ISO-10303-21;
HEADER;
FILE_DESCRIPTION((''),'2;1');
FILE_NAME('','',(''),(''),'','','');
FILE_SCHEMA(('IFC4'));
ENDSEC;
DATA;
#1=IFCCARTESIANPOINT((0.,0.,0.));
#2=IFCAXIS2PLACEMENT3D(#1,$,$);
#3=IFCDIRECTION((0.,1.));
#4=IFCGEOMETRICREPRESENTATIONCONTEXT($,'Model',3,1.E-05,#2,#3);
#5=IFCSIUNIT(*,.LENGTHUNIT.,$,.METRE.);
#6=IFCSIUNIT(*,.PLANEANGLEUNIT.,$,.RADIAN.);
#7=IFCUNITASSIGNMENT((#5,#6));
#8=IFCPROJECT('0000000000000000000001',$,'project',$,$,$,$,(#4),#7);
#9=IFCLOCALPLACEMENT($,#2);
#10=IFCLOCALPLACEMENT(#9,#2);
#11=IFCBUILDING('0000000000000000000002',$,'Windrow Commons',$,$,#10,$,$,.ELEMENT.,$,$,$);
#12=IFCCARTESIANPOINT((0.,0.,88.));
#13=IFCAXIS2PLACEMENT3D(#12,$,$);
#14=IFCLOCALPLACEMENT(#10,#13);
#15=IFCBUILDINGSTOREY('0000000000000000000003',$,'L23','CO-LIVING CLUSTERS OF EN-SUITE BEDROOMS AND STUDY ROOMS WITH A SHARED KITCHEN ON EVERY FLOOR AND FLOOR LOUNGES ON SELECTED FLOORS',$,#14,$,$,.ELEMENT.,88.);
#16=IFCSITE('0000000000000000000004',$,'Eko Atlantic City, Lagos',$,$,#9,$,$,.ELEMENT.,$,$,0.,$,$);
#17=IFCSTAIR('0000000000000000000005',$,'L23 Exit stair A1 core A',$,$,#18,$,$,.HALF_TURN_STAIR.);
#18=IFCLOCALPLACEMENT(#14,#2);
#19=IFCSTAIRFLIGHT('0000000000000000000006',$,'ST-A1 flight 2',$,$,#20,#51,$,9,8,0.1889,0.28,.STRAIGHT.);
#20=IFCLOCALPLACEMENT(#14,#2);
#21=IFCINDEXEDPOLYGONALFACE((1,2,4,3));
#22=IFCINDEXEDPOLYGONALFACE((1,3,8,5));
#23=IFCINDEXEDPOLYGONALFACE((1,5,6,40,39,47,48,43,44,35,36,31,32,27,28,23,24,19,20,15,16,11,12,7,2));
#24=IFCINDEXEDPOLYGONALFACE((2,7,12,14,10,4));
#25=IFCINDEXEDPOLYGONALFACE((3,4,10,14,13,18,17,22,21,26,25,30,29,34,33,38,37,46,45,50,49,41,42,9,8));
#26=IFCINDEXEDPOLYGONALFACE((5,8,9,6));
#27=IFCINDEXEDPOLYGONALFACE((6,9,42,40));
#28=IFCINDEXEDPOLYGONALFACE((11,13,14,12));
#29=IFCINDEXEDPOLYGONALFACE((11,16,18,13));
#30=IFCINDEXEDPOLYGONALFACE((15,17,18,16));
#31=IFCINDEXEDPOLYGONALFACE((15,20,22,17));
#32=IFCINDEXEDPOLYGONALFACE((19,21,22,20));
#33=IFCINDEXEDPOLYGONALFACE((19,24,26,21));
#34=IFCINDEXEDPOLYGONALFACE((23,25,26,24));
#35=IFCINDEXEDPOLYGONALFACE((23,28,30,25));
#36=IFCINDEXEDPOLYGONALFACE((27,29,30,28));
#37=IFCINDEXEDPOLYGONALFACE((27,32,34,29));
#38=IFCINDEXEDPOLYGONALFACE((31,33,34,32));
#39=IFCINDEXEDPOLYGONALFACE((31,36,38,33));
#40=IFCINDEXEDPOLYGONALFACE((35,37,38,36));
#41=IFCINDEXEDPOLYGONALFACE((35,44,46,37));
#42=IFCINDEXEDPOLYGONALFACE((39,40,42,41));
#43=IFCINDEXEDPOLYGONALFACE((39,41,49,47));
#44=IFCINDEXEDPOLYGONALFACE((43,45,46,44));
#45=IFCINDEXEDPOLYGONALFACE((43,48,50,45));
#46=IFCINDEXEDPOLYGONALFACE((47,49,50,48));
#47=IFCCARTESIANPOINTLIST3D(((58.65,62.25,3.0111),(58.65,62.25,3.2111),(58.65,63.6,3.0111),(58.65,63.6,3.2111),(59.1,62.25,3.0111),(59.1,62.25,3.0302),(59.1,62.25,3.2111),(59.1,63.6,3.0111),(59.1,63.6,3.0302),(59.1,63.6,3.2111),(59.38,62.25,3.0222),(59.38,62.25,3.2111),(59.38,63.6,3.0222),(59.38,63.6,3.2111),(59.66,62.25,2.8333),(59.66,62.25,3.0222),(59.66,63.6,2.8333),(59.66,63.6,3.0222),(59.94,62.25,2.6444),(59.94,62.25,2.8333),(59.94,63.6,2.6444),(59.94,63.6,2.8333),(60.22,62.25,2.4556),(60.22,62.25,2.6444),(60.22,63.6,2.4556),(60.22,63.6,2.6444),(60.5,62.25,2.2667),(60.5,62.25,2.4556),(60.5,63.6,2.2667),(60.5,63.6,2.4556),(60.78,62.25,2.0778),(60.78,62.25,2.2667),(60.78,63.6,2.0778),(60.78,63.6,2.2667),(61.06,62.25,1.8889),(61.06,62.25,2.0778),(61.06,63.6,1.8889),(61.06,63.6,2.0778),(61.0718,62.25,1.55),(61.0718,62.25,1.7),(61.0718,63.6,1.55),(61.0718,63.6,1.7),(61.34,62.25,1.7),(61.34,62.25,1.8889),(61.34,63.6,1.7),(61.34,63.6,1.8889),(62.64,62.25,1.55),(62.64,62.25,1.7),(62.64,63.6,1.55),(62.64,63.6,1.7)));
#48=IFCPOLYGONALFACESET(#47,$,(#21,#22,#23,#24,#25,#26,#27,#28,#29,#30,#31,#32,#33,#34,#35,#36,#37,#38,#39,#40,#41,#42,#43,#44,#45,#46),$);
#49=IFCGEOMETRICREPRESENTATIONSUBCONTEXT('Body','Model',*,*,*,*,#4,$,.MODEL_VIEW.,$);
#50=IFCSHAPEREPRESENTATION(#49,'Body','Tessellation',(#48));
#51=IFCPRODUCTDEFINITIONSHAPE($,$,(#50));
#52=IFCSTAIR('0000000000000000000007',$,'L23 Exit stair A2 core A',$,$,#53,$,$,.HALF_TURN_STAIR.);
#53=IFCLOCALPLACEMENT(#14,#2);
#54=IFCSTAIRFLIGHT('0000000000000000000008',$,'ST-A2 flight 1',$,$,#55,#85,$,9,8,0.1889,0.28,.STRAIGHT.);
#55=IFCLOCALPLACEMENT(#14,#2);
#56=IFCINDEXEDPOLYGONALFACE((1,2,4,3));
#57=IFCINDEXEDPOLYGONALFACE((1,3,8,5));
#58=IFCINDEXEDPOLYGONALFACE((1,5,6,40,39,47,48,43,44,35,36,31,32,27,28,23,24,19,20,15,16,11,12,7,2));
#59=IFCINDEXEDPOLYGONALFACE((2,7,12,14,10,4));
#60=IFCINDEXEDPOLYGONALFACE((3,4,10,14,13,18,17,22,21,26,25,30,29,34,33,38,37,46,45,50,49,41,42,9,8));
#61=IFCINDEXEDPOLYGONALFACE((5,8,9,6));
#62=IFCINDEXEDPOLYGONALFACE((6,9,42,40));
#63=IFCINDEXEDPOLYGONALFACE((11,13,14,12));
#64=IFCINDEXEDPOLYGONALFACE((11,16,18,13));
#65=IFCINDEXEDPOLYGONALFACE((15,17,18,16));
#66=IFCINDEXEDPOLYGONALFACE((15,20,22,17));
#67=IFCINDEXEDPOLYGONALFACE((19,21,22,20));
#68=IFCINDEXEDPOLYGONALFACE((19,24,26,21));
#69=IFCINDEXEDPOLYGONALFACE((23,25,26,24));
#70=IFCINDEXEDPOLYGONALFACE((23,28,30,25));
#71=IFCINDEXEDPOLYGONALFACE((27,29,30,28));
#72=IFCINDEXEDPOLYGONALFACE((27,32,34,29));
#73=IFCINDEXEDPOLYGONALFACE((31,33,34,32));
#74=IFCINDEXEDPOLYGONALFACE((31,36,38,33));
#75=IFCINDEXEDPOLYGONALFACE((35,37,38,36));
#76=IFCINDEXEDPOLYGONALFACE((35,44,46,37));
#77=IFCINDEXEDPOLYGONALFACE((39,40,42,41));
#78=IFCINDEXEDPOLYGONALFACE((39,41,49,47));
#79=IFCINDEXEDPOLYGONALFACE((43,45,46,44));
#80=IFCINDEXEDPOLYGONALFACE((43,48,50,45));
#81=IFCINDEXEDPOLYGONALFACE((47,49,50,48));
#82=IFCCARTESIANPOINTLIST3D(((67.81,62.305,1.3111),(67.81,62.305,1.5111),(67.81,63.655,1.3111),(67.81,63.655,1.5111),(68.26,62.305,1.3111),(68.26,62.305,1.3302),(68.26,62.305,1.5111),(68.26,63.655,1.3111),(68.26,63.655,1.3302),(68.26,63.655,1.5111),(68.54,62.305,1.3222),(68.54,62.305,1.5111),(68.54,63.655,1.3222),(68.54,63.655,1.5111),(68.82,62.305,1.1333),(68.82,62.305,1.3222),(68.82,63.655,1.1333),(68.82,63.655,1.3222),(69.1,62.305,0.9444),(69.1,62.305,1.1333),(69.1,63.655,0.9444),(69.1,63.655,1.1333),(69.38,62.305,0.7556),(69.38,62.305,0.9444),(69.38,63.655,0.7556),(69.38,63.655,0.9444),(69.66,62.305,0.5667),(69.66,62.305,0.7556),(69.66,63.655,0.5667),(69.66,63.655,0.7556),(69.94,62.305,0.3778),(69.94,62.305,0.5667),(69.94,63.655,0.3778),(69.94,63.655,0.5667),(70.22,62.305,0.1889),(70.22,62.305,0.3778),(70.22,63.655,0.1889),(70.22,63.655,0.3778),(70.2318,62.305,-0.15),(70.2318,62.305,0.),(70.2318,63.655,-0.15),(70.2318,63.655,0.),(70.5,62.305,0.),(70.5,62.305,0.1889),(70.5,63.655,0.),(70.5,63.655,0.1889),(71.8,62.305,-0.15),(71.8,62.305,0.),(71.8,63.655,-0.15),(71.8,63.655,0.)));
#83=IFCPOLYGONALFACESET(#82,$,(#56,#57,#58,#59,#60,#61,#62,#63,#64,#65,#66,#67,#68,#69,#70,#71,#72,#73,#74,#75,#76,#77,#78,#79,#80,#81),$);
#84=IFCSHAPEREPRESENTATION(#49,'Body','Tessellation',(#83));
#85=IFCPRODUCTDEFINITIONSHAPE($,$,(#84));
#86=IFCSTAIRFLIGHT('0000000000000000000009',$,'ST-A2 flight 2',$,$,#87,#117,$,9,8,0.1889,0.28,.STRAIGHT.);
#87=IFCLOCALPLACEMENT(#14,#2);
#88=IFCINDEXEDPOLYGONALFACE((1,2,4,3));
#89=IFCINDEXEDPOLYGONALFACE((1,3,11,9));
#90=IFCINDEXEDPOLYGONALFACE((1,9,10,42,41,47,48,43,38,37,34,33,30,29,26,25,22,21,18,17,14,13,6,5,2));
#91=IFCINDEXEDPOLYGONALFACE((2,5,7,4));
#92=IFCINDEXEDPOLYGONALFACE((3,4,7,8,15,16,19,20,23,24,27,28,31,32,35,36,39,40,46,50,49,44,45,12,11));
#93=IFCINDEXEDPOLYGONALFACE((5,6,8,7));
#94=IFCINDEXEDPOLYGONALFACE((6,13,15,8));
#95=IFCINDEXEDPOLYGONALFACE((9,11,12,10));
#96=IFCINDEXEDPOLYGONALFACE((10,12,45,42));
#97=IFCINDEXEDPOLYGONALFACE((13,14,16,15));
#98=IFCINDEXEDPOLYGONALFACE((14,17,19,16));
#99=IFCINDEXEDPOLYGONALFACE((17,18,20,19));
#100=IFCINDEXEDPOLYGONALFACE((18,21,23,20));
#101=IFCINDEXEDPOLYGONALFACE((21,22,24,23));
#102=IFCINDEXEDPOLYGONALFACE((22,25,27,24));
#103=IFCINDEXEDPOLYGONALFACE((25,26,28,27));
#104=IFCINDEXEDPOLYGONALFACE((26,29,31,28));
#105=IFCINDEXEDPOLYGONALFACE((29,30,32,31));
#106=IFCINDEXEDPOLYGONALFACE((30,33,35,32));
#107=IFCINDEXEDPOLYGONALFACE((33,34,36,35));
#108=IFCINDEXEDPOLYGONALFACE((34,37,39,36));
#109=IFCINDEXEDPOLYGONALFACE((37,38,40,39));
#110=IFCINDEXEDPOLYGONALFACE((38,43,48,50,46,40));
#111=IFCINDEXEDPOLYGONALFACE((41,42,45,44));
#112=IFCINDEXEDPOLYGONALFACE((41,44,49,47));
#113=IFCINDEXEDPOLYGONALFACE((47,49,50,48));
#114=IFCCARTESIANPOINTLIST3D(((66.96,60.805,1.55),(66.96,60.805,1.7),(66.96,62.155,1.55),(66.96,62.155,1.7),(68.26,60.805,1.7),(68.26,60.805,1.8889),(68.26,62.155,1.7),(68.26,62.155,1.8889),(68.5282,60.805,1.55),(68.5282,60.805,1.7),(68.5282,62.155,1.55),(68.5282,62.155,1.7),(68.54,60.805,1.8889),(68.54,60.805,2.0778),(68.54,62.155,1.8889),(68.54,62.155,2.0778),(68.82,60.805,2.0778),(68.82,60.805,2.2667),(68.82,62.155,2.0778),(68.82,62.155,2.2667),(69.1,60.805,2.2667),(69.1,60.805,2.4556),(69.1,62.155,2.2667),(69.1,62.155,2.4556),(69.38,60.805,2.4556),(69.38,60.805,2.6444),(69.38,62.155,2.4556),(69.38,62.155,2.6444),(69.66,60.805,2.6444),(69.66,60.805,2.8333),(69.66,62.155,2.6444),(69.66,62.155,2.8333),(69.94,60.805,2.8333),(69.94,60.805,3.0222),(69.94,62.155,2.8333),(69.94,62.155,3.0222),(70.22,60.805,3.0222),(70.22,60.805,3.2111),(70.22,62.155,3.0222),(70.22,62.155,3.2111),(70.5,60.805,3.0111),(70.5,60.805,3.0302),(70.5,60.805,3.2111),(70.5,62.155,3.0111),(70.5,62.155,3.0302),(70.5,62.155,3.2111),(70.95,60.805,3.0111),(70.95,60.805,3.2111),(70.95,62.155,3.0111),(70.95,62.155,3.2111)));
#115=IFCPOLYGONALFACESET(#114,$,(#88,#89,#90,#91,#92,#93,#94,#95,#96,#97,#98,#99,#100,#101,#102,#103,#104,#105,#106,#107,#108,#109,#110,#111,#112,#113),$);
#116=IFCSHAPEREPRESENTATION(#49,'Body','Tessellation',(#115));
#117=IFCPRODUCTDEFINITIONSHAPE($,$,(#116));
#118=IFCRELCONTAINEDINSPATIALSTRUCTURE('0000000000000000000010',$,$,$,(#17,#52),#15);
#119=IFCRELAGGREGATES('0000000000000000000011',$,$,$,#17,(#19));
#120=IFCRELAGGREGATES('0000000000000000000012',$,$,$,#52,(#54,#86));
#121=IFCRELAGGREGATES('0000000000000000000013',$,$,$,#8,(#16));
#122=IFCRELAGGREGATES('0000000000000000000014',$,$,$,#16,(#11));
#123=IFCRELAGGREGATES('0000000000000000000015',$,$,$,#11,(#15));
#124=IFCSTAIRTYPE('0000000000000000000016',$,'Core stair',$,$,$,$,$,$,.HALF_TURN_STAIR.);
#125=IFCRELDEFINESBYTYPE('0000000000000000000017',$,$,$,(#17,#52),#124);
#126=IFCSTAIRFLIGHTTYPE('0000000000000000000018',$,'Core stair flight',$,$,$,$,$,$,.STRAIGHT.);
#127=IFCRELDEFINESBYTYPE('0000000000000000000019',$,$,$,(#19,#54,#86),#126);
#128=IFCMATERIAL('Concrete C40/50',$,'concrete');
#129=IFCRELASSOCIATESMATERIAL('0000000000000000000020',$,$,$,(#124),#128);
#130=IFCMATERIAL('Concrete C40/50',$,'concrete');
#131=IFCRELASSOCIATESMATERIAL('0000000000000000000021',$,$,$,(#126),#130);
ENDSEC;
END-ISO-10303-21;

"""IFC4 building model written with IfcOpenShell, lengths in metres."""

from ifc_helpers import new_model, si_unit, direction, frame, origin, place, context, subcontext, project, spatial, polyline, outline, extrude, material, type_object, element, aggregate, save


model = new_model("IFC4")

# Units and contexts
model_context = context("Model", 3, precision=1e-05, world=origin(), true_north=direction((0.0, 1.0)))
body_context = subcontext(model_context, "Body", "Model", "MODEL_VIEW")
ifc_project = project(units=[si_unit("LENGTHUNIT", "METRE"), si_unit("PLANEANGLEUNIT", "RADIAN")], contexts=[model_context])

# Site, building, storey
site_placement = place(None, origin())
site = spatial("IfcSite", under=ifc_project, at=site_placement, Name="Eko Atlantic City, Lagos", CompositionType="ELEMENT", RefElevation=0.0)
building_placement = place(site_placement, origin())
building = spatial("IfcBuilding", under=site, at=building_placement, Name="Windrow Commons", CompositionType="ELEMENT")
storey_placement = place(building_placement, frame((0.0, 0.0, 88.0)))
storey = spatial("IfcBuildingStorey", under=building, at=storey_placement, Name="L23", Description="CO-LIVING CLUSTERS OF EN-SUITE BEDROOMS AND STUDY ROOMS WITH A SHARED KITCHEN ON EVERY FLOOR AND FLOOR LOUNGES ON SELECTED FLOORS", CompositionType="ELEMENT", Elevation=88.0)

# Stair, stair flight
ifc_material_1 = material(Name="Concrete C40/50", Category="concrete")
stair_type = type_object("IfcStairType", Name="Core stair", PredefinedType="HALF_TURN_STAIR", material=ifc_material_1)
placement = place(storey_placement, origin())
stair_1 = element("IfcStair", 1, at=placement, inside=storey, type_object=stair_type, Name="L23 Exit stair A1 core A", PredefinedType="HALF_TURN_STAIR")
ifc_material_2 = material(Name="Concrete C40/50", Category="concrete")
stair_flight_type = type_object("IfcStairFlightType", Name="Core stair flight", PredefinedType="STRAIGHT", material=ifc_material_2)
stair_flight_1_placement = place(storey_placement, frame((61.34, 62.925, 1.7), z_axis=(0.0, 0.0, 1.0), x_axis=(-1.0, 0.0, 0.0)))
stair_flight_1 = element("IfcStairFlight", 2, at=stair_flight_1_placement, type_object=stair_flight_type, Name="ST-A1 flight 2", NumberOfRisers=9, NumberOfTreads=8, PredefinedType="STRAIGHT", RiserHeight=0.1889, TreadLength=0.28, context=body_context, shape_type="SweptSolid", body=[
    extrude(outline(polyline([(-1.3, -0.15), (-1.3, 0.0), (0.0, 0.0), (0.0, 0.1889), (0.28, 0.1889), (0.28, 0.3778), (0.56, 0.3778), (0.56, 0.5667), (0.84, 0.5667), (0.84, 0.7556), (1.12, 0.7556), (1.12, 0.9444), (1.4, 0.9444), (1.4, 1.1333), (1.68, 1.1333), (1.68, 1.3222), (1.96, 1.3222), (1.96, 1.5111), (2.24, 1.5111), (2.69, 1.5111), (2.69, 1.3111), (2.24, 1.3111), (2.24, 1.3302), (0.2682, 0.0), (0.2682, -0.15), (-1.3, -0.15)])), frame((0.0, 0.675, 0.0), z_axis=(0.0, -1.0, 0.0), x_axis=(1.0, 0.0, 0.0)), (0.0, 0.0, 1.0), 1.35),
])
aggregate(stair_1, [stair_flight_1])

# Stair, stair flights
stair_2 = element("IfcStair", 3, at=placement, inside=storey, type_object=stair_type, Name="L23 Exit stair A2 core A", PredefinedType="HALF_TURN_STAIR")
stair_flight_2_placement = place(storey_placement, frame((70.5, 62.98, 0.0), z_axis=(0.0, 0.0, 1.0), x_axis=(-1.0, 0.0, 0.0)))
stair_flight_2 = element("IfcStairFlight", 4, at=stair_flight_2_placement, type_object=stair_flight_type, Name="ST-A2 flight 1", NumberOfRisers=9, NumberOfTreads=8, PredefinedType="STRAIGHT", RiserHeight=0.1889, TreadLength=0.28, context=body_context, shape_type="SweptSolid", body=[
    extrude(outline(polyline([(-1.3, -0.15), (-1.3, 0.0), (0.0, 0.0), (0.0, 0.1889), (0.28, 0.1889), (0.28, 0.3778), (0.56, 0.3778), (0.56, 0.5667), (0.84, 0.5667), (0.84, 0.7556), (1.12, 0.7556), (1.12, 0.9444), (1.4, 0.9444), (1.4, 1.1333), (1.68, 1.1333), (1.68, 1.3222), (1.96, 1.3222), (1.96, 1.5111), (2.24, 1.5111), (2.69, 1.5111), (2.69, 1.3111), (2.24, 1.3111), (2.24, 1.3302), (0.2682, 0.0), (0.2682, -0.15), (-1.3, -0.15)])), frame((0.0, 0.675, 0.0), z_axis=(0.0, -1.0, 0.0), x_axis=(1.0, 0.0, 0.0)), (0.0, 0.0, 1.0), 1.35),
])
stair_flight_3_placement = place(storey_placement, frame((68.26, 61.48, 1.7), z_axis=(0.0, 0.0, 1.0), x_axis=(1.0, 0.0, 0.0)))
stair_flight_3 = element("IfcStairFlight", 5, at=stair_flight_3_placement, type_object=stair_flight_type, Name="ST-A2 flight 2", NumberOfRisers=9, NumberOfTreads=8, PredefinedType="STRAIGHT", RiserHeight=0.1889, TreadLength=0.28, context=body_context, shape_type="SweptSolid", body=[
    extrude(outline(polyline([(-1.3, -0.15), (-1.3, 0.0), (0.0, 0.0), (0.0, 0.1889), (0.28, 0.1889), (0.28, 0.3778), (0.56, 0.3778), (0.56, 0.5667), (0.84, 0.5667), (0.84, 0.7556), (1.12, 0.7556), (1.12, 0.9444), (1.4, 0.9444), (1.4, 1.1333), (1.68, 1.1333), (1.68, 1.3222), (1.96, 1.3222), (1.96, 1.5111), (2.24, 1.5111), (2.69, 1.5111), (2.69, 1.3111), (2.24, 1.3111), (2.24, 1.3302), (0.2682, 0.0), (0.2682, -0.15), (-1.3, -0.15)])), frame((0.0, 0.675, 0.0), z_axis=(0.0, -1.0, 0.0), x_axis=(1.0, 0.0, 0.0)), (0.0, 0.0, 1.0), 1.35),
])
aggregate(stair_2, [stair_flight_2, stair_flight_3])

save(model, "model.ifc")
